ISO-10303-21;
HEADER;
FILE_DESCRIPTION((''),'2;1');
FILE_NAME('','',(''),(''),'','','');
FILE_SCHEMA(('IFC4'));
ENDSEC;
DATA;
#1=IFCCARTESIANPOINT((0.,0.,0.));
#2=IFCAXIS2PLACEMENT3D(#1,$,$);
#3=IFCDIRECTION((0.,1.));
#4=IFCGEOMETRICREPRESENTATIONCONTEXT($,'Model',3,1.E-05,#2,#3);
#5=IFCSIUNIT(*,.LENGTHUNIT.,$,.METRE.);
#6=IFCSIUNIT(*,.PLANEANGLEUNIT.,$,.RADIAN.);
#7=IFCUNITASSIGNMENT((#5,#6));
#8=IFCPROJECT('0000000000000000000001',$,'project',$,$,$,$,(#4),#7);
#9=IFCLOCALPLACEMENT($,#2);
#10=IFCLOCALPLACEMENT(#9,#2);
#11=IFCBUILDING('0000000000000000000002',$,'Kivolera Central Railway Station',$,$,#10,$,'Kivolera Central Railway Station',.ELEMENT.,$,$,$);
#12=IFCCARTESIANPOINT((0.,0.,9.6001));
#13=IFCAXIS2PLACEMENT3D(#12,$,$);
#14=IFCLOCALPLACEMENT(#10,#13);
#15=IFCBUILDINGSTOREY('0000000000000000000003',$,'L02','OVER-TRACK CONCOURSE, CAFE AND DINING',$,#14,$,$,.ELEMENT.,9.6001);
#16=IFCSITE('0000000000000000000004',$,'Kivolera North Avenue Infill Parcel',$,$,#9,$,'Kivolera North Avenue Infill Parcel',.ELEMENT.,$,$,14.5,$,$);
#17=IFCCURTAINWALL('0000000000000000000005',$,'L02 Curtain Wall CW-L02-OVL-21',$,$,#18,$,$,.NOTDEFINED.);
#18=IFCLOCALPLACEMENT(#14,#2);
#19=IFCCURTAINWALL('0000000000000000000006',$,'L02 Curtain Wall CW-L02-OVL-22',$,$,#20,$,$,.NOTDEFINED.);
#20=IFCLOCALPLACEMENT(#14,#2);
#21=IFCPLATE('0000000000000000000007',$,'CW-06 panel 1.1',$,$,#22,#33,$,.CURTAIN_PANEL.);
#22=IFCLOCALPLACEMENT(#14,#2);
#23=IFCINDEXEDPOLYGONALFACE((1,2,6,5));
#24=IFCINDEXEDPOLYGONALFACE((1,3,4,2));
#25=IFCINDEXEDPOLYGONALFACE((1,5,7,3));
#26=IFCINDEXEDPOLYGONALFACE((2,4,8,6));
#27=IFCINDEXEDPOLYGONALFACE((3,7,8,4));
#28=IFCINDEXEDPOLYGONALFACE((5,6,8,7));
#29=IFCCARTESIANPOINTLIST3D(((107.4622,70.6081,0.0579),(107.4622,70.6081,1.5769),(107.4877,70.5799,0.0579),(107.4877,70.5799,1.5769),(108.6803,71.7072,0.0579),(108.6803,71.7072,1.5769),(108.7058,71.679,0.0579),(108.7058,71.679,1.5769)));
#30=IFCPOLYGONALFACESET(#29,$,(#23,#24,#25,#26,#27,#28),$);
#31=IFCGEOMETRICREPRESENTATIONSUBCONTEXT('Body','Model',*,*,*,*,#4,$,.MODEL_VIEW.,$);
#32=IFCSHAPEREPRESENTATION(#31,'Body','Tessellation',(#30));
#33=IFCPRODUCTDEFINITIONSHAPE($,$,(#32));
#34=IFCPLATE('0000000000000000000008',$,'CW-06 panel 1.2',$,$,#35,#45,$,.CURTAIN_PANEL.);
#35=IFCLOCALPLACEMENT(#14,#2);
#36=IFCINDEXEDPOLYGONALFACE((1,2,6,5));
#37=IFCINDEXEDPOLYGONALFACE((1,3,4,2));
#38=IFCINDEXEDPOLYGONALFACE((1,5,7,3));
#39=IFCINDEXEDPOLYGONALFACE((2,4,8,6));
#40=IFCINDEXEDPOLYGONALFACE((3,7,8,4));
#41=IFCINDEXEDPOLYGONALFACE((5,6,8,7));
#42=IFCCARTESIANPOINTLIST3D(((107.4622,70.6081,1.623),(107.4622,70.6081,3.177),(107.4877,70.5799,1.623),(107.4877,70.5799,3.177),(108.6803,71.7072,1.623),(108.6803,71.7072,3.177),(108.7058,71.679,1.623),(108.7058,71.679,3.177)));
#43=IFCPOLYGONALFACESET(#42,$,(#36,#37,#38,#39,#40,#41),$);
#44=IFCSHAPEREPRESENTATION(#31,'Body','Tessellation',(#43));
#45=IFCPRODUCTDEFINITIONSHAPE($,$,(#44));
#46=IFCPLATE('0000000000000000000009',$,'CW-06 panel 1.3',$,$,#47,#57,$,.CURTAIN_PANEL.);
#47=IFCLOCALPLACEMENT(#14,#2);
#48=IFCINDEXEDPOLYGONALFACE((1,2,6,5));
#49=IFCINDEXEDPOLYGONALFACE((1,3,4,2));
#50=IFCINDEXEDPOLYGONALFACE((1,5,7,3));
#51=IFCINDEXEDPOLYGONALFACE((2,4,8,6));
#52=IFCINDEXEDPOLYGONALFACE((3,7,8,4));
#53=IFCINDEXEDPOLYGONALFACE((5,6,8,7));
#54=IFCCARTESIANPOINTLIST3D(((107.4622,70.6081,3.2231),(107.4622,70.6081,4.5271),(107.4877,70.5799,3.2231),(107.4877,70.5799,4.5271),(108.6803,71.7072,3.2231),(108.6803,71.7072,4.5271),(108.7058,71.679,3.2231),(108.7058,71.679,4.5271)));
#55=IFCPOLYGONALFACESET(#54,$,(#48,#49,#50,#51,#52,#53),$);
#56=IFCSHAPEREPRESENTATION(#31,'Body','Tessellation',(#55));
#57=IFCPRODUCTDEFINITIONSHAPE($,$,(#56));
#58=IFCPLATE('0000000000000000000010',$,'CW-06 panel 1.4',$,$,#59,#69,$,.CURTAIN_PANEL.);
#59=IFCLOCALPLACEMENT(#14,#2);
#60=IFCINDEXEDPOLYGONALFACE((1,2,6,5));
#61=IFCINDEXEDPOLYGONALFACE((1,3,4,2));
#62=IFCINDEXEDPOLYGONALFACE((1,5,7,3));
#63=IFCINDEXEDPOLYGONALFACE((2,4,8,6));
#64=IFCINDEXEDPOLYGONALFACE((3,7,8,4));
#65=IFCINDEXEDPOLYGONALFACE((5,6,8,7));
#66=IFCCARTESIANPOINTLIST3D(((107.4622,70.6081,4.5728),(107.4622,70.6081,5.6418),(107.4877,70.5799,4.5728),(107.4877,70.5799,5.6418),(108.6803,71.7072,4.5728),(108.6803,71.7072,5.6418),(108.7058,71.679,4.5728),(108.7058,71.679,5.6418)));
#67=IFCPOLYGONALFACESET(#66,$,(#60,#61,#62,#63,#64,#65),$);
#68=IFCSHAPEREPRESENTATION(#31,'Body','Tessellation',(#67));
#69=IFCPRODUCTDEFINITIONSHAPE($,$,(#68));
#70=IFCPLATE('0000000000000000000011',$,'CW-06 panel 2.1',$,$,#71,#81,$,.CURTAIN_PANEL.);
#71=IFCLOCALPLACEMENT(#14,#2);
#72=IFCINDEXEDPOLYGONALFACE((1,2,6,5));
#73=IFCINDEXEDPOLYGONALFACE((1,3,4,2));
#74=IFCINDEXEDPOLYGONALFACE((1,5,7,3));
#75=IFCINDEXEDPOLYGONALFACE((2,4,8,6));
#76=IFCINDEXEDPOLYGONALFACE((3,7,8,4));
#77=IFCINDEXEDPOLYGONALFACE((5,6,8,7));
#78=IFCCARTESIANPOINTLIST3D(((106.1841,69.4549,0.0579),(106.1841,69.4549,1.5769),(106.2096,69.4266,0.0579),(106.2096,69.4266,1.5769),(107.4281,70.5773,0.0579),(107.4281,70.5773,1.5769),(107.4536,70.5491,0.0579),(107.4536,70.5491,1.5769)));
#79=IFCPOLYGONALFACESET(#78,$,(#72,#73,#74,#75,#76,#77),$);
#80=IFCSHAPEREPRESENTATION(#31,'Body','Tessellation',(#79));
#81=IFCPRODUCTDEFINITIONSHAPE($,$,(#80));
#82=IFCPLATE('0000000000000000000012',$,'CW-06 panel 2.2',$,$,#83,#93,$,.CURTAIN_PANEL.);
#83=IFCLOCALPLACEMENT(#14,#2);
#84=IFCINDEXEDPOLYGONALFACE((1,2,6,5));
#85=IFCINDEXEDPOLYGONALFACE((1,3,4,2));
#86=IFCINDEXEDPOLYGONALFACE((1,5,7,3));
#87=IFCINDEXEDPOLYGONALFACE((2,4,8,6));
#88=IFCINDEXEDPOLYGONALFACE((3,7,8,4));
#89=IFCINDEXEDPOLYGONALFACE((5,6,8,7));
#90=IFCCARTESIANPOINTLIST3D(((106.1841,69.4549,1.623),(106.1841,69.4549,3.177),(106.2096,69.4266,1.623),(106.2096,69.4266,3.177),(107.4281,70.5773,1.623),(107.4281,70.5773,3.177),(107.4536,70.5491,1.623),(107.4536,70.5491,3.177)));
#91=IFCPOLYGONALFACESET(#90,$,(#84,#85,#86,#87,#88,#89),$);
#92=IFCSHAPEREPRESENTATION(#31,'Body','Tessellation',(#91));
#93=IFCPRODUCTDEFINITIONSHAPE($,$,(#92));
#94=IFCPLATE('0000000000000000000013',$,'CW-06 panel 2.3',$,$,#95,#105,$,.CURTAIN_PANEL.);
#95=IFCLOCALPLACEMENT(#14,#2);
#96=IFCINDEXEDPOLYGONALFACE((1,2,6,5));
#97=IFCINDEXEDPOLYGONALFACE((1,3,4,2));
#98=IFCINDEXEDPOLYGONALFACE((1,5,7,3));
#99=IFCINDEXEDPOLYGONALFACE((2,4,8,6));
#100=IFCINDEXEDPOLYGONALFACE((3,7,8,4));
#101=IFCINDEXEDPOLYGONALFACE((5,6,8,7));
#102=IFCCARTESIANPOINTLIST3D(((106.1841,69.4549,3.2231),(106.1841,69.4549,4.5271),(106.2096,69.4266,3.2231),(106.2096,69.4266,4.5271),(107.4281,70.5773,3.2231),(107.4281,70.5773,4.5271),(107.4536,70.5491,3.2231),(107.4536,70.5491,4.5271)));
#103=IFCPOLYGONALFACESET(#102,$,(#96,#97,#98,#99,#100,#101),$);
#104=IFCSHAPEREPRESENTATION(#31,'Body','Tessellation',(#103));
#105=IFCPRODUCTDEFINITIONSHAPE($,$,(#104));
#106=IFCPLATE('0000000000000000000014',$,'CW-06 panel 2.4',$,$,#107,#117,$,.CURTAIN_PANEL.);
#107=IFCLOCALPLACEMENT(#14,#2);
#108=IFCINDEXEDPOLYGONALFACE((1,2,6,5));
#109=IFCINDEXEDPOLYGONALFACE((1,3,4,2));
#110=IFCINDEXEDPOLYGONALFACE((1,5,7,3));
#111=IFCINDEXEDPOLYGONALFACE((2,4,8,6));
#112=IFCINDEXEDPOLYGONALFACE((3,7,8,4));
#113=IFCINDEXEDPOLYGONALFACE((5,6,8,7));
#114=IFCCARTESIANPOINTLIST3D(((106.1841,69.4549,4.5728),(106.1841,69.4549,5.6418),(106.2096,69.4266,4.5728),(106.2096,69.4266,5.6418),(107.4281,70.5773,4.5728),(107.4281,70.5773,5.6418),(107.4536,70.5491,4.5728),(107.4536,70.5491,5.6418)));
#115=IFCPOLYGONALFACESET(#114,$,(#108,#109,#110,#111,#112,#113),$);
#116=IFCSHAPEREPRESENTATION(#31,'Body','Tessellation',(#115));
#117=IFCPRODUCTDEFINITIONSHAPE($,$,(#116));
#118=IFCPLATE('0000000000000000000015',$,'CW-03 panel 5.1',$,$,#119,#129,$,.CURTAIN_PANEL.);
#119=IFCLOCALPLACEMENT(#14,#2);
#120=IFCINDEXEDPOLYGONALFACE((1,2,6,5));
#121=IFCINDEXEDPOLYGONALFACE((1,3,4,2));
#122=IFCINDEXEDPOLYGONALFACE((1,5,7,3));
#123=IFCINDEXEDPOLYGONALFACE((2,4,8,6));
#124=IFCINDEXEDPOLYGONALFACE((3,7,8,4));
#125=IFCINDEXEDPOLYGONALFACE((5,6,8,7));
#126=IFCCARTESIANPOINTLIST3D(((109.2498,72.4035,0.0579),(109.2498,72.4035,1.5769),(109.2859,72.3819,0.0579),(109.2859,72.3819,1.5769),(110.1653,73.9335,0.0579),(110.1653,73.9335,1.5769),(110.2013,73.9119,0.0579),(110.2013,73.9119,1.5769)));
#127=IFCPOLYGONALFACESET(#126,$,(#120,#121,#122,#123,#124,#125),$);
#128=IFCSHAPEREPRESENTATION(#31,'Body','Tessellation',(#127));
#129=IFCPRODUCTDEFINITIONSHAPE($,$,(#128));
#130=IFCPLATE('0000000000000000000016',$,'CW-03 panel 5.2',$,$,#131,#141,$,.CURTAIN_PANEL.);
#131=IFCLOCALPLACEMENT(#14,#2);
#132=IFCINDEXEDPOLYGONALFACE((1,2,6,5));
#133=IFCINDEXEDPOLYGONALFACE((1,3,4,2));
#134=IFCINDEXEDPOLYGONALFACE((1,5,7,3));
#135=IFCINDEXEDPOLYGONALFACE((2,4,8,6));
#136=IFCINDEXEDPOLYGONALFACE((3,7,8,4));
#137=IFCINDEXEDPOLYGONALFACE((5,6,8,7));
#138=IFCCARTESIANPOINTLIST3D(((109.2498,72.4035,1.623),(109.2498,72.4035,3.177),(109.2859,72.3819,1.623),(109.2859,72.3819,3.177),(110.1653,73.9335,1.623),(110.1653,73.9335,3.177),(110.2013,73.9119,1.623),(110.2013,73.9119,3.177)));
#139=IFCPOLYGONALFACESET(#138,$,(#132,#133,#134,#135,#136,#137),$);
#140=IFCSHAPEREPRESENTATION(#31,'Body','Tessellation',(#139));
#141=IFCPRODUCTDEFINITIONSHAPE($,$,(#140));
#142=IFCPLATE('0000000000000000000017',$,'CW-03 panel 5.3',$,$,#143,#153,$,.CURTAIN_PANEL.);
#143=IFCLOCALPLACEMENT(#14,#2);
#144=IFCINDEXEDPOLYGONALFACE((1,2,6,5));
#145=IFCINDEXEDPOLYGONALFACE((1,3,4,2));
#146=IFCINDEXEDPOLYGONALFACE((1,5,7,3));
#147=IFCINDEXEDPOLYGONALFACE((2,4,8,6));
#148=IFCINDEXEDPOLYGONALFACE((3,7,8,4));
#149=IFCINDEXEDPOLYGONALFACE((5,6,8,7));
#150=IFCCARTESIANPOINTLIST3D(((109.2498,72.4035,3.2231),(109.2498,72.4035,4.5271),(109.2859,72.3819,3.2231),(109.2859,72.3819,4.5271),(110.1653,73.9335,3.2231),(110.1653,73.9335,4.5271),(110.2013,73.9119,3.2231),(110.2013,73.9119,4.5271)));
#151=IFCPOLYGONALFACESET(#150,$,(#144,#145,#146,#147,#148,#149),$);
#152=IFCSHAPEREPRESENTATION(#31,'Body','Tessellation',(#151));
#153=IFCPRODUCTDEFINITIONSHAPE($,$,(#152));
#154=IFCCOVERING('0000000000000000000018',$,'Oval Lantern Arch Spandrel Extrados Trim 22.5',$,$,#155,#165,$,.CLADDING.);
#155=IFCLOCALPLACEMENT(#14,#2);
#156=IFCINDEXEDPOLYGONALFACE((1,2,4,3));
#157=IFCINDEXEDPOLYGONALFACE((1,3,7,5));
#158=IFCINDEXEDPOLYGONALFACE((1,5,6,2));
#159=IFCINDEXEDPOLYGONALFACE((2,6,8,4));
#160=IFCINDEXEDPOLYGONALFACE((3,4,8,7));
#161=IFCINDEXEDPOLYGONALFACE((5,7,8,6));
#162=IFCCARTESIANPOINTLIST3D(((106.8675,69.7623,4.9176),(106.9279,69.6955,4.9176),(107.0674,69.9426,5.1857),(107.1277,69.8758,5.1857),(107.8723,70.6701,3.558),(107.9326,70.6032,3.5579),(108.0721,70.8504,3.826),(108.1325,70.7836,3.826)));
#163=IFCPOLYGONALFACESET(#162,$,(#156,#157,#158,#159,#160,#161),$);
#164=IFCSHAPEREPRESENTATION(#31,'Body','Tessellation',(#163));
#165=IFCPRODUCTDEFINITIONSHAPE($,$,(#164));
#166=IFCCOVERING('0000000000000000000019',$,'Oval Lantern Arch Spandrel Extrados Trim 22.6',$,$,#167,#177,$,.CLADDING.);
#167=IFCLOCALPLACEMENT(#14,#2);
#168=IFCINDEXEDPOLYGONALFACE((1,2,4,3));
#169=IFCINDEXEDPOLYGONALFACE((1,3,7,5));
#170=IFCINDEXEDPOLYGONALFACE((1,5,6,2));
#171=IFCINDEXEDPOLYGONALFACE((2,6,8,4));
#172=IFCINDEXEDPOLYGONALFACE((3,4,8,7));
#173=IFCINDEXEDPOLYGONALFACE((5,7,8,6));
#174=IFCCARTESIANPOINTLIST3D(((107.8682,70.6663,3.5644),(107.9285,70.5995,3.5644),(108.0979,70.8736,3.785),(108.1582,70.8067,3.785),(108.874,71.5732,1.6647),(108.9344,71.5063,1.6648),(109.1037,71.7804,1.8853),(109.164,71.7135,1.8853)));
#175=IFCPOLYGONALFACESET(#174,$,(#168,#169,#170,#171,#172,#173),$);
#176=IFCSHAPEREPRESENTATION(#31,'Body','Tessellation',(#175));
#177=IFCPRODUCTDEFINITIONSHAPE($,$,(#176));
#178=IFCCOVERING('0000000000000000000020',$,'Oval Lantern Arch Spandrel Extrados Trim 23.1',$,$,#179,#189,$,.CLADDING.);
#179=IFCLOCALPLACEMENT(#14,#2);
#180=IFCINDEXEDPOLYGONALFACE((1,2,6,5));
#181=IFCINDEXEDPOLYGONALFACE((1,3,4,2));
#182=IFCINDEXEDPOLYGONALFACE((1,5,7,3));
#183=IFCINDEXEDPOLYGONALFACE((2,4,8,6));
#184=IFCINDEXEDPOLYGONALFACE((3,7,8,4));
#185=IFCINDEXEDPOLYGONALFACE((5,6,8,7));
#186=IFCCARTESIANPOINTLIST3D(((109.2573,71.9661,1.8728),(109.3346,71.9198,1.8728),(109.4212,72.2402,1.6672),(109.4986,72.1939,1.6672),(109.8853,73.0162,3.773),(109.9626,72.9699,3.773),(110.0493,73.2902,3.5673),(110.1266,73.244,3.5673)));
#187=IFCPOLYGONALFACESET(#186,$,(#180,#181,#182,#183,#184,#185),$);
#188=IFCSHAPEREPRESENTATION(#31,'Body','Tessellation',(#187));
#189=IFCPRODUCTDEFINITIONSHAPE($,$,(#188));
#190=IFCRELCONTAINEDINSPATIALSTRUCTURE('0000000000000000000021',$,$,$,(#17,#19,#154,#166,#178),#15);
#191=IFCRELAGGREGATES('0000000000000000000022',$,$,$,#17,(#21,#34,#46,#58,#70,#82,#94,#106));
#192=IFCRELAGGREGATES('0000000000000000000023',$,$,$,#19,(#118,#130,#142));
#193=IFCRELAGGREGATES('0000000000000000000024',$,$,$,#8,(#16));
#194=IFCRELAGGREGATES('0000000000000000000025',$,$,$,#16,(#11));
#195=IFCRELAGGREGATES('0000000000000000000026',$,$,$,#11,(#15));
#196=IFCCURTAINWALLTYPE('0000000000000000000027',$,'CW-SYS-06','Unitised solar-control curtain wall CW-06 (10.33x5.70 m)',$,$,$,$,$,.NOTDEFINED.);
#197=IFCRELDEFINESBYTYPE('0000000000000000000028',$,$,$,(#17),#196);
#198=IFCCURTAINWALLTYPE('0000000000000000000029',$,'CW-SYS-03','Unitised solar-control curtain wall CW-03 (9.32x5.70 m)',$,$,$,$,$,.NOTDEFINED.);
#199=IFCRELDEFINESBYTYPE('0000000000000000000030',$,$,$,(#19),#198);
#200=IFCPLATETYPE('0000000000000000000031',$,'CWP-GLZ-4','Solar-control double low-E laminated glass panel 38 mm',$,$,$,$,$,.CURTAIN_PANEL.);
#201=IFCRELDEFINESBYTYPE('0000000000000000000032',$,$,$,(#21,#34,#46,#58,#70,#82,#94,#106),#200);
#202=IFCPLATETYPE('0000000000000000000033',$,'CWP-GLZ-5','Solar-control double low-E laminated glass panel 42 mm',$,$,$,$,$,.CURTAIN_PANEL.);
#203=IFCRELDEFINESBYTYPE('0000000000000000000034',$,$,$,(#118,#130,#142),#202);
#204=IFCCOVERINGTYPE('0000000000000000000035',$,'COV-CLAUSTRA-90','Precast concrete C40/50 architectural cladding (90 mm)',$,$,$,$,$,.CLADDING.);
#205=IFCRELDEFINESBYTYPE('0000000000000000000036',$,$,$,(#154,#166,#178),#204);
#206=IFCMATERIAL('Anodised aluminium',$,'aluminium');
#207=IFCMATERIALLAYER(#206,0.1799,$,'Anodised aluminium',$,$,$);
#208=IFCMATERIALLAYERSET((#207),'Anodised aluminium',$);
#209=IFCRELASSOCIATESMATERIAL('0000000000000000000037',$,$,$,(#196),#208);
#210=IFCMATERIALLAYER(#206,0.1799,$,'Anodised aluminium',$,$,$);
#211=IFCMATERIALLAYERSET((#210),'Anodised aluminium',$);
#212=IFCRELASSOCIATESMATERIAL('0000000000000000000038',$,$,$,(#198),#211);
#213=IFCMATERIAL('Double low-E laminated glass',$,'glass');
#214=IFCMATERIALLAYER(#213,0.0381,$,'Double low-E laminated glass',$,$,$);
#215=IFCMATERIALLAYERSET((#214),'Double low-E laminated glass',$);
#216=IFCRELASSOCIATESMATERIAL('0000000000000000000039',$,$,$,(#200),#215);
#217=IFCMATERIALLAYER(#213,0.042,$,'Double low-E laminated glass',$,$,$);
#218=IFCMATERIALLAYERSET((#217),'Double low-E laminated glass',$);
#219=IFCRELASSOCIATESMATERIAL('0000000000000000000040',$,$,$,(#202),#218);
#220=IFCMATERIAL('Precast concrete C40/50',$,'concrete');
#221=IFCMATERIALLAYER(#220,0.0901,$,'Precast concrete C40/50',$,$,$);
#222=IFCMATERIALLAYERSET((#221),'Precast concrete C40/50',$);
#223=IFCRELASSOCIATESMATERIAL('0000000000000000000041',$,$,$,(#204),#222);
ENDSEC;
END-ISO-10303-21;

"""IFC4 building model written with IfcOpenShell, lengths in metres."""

from ifc_helpers import new_model, si_unit, direction, frame, origin, origin_2d, place, context, subcontext, project, spatial, rectangle, extrude, material, layer, layer_set, type_object, element, aggregate, save


model = new_model("IFC4")

# Units and contexts
model_context = context("Model", 3, precision=1e-05, world=origin(), true_north=direction((0.0, 1.0)))
body_context = subcontext(model_context, "Body", "Model", "MODEL_VIEW")
ifc_project = project(units=[si_unit("LENGTHUNIT", "METRE"), si_unit("PLANEANGLEUNIT", "RADIAN")], contexts=[model_context])

# Site, building, storey
site_placement = place(None, origin())
site = spatial("IfcSite", under=ifc_project, at=site_placement, Name="Kivolera North Avenue Infill Parcel", LongName="Kivolera North Avenue Infill Parcel", CompositionType="ELEMENT", RefElevation=14.5)
building_placement = place(site_placement, origin())
building = spatial("IfcBuilding", under=site, at=building_placement, Name="Kivolera Central Railway Station", LongName="Kivolera Central Railway Station", CompositionType="ELEMENT")
storey_placement = place(building_placement, frame((0.0, 0.0, 9.6001)))
storey = spatial("IfcBuildingStorey", under=building, at=storey_placement, Name="L02", Description="OVER-TRACK CONCOURSE, CAFE AND DINING", CompositionType="ELEMENT", Elevation=9.6001)

# Curtain wall
ifc_material_1 = material(Name="Anodised aluminium", Category="aluminium")
ifc_layer_1 = layer(ifc_material_1, 0.1799, Name="Anodised aluminium")
ifc_layer_set_1 = layer_set([ifc_layer_1], Name="Anodised aluminium")
curtain_wall_type_1 = type_object("IfcCurtainWallType", Name="CW-SYS-06", Description="Unitised solar-control curtain wall CW-06 (10.33x5.70 m)", PredefinedType="NOTDEFINED", material=ifc_layer_set_1)
curtain_wall_1_placement = place(storey_placement, origin())
curtain_wall_1 = element("IfcCurtainWall", 1, at=curtain_wall_1_placement, inside=storey, type_object=curtain_wall_type_1, Name="L02 Curtain Wall CW-L02-OVL-21", PredefinedType="NOTDEFINED")

# Curtain wall
ifc_layer_2 = layer(ifc_material_1, 0.1799, Name="Anodised aluminium")
ifc_layer_set_2 = layer_set([ifc_layer_2], Name="Anodised aluminium")
curtain_wall_type_2 = type_object("IfcCurtainWallType", Name="CW-SYS-03", Description="Unitised solar-control curtain wall CW-03 (9.32x5.70 m)", PredefinedType="NOTDEFINED", material=ifc_layer_set_2)
curtain_wall_2_placement = place(storey_placement, origin())
curtain_wall_2 = element("IfcCurtainWall", 2, at=curtain_wall_2_placement, inside=storey, type_object=curtain_wall_type_2, Name="L02 Curtain Wall CW-L02-OVL-22", PredefinedType="NOTDEFINED")

# Plates
ifc_material_2 = material(Name="Double low-E laminated glass", Category="glass")
ifc_layer_3 = layer(ifc_material_2, 0.0381, Name="Double low-E laminated glass")
ifc_layer_set_3 = layer_set([ifc_layer_3], Name="Double low-E laminated glass")
plate_type_1 = type_object("IfcPlateType", Name="CWP-GLZ-4", Description="Solar-control double low-E laminated glass panel 38 mm", PredefinedType="CURTAIN_PANEL", material=ifc_layer_set_3)
plate_1_placement = place(storey_placement, frame((108.084, 71.1436, 0.0579), z_axis=(0.0, 0.0, 1.0), x_axis=(-0.742432, -0.669922, 0.0)))
plate_1 = element("IfcPlate", 3, at=plate_1_placement, type_object=plate_type_1, Name="CW-06 panel 1.1", PredefinedType="CURTAIN_PANEL", context=body_context, shape_type="SweptSolid", body=[
    extrude(rectangle(XDim=1.6406, YDim=0.0381, at=origin_2d()), origin(), (0.0, 0.0, 1.0), 1.519),
])
plate_2_placement = place(storey_placement, frame((108.084, 71.1436, 1.623), z_axis=(0.0, 0.0, 1.0), x_axis=(-0.742432, -0.669922, 0.0)))
plate_2 = element("IfcPlate", 4, at=plate_2_placement, type_object=plate_type_1, Name="CW-06 panel 1.2", PredefinedType="CURTAIN_PANEL", context=body_context, shape_type="SweptSolid", body=[
    extrude(rectangle(XDim=1.6406, YDim=0.0381, at=origin_2d()), origin(), (0.0, 0.0, 1.0), 1.554),
])
plate_3_placement = place(storey_placement, frame((108.084, 71.1436, 3.2231), z_axis=(0.0, 0.0, 1.0), x_axis=(-0.742432, -0.669922, 0.0)))
plate_3 = element("IfcPlate", 5, at=plate_3_placement, type_object=plate_type_1, Name="CW-06 panel 1.3", PredefinedType="CURTAIN_PANEL", context=body_context, shape_type="SweptSolid", body=[
    extrude(rectangle(XDim=1.6406, YDim=0.0381, at=origin_2d()), origin(), (0.0, 0.0, 1.0), 1.304),
])
plate_4_placement = place(storey_placement, frame((108.084, 71.1436, 4.5728), z_axis=(0.0, 0.0, 1.0), x_axis=(-0.742432, -0.669922, 0.0)))
plate_4 = element("IfcPlate", 6, at=plate_4_placement, type_object=plate_type_1, Name="CW-06 panel 1.4", PredefinedType="CURTAIN_PANEL", context=body_context, shape_type="SweptSolid", body=[
    extrude(rectangle(XDim=1.6406, YDim=0.0381, at=origin_2d()), origin(), (0.0, 0.0, 1.0), 1.0691),
])
plate_5_placement = place(storey_placement, frame((106.8188, 70.002, 0.0579), z_axis=(0.0, 0.0, 1.0), x_axis=(-0.742432, -0.669922, 0.0)))
plate_5 = element("IfcPlate", 7, at=plate_5_placement, type_object=plate_type_1, Name="CW-06 panel 2.1", PredefinedType="CURTAIN_PANEL", context=body_context, shape_type="SweptSolid", body=[
    extrude(rectangle(XDim=1.6755, YDim=0.0381, at=origin_2d()), origin(), (0.0, 0.0, 1.0), 1.519),
])
plate_6_placement = place(storey_placement, frame((106.8188, 70.002, 1.623), z_axis=(0.0, 0.0, 1.0), x_axis=(-0.742432, -0.669922, 0.0)))
plate_6 = element("IfcPlate", 8, at=plate_6_placement, type_object=plate_type_1, Name="CW-06 panel 2.2", PredefinedType="CURTAIN_PANEL", context=body_context, shape_type="SweptSolid", body=[
    extrude(rectangle(XDim=1.6755, YDim=0.0381, at=origin_2d()), origin(), (0.0, 0.0, 1.0), 1.554),
])
plate_7_placement = place(storey_placement, frame((106.8188, 70.002, 3.2231), z_axis=(0.0, 0.0, 1.0), x_axis=(-0.742432, -0.669922, 0.0)))
plate_7 = element("IfcPlate", 9, at=plate_7_placement, type_object=plate_type_1, Name="CW-06 panel 2.3", PredefinedType="CURTAIN_PANEL", context=body_context, shape_type="SweptSolid", body=[
    extrude(rectangle(XDim=1.6755, YDim=0.0381, at=origin_2d()), origin(), (0.0, 0.0, 1.0), 1.304),
])
plate_8_placement = place(storey_placement, frame((106.8188, 70.002, 4.5728), z_axis=(0.0, 0.0, 1.0), x_axis=(-0.742432, -0.669922, 0.0)))
plate_8 = element("IfcPlate", 10, at=plate_8_placement, type_object=plate_type_1, Name="CW-06 panel 2.4", PredefinedType="CURTAIN_PANEL", context=body_context, shape_type="SweptSolid", body=[
    extrude(rectangle(XDim=1.6755, YDim=0.0381, at=origin_2d()), origin(), (0.0, 0.0, 1.0), 1.0691),
])
aggregate(curtain_wall_1, [plate_1, plate_2, plate_3, plate_4, plate_5, plate_6, plate_7, plate_8])
ifc_layer_4 = layer(ifc_material_2, 0.042, Name="Double low-E laminated glass")
ifc_layer_set_4 = layer_set([ifc_layer_4], Name="Double low-E laminated glass")
plate_type_2 = type_object("IfcPlateType", Name="CWP-GLZ-5", Description="Solar-control double low-E laminated glass panel 42 mm", PredefinedType="CURTAIN_PANEL", material=ifc_layer_set_4)
plate_9_placement = place(storey_placement, frame((109.7256, 73.1577, 0.0579), z_axis=(0.0, 0.0, 1.0), x_axis=(-0.513454, -0.858117, 0.0)))
plate_9 = element("IfcPlate", 11, at=plate_9_placement, type_object=plate_type_2, Name="CW-03 panel 5.1", PredefinedType="CURTAIN_PANEL", context=body_context, shape_type="SweptSolid", body=[
    extrude(rectangle(XDim=1.783, YDim=0.042, at=origin_2d()), origin(), (0.0, 0.0, 1.0), 1.519),
])
plate_10_placement = place(storey_placement, frame((109.7256, 73.1577, 1.623), z_axis=(0.0, 0.0, 1.0), x_axis=(-0.513454, -0.858117, 0.0)))
plate_10 = element("IfcPlate", 12, at=plate_10_placement, type_object=plate_type_2, Name="CW-03 panel 5.2", PredefinedType="CURTAIN_PANEL", context=body_context, shape_type="SweptSolid", body=[
    extrude(rectangle(XDim=1.783, YDim=0.042, at=origin_2d()), origin(), (0.0, 0.0, 1.0), 1.554),
])
plate_11_placement = place(storey_placement, frame((109.7256, 73.1577, 3.2231), z_axis=(0.0, 0.0, 1.0), x_axis=(-0.513454, -0.858117, 0.0)))
plate_11 = element("IfcPlate", 13, at=plate_11_placement, type_object=plate_type_2, Name="CW-03 panel 5.3", PredefinedType="CURTAIN_PANEL", context=body_context, shape_type="SweptSolid", body=[
    extrude(rectangle(XDim=1.783, YDim=0.042, at=origin_2d()), origin(), (0.0, 0.0, 1.0), 1.304),
])
aggregate(curtain_wall_2, [plate_9, plate_10, plate_11])

# Coverings
ifc_material_3 = material(Name="Precast concrete C40/50", Category="concrete")
ifc_layer_5 = layer(ifc_material_3, 0.0901, Name="Precast concrete C40/50")
ifc_layer_set_5 = layer_set([ifc_layer_5], Name="Precast concrete C40/50")
covering_type = type_object("IfcCoveringType", Name="COV-CLAUSTRA-90", Description="Precast concrete C40/50 architectural cladding (90 mm)", PredefinedType="CLADDING", material=ifc_layer_set_5)
covering_1_placement = place(storey_placement, frame((107.5, 70.2729, 4.3718), z_axis=(0.523602, 0.473065, -0.708555), x_axis=(0.669922, -0.742431, 0.0)))
element("IfcCovering", 14, at=covering_1_placement, inside=storey, type_object=covering_type, Name="Oval Lantern Arch Spandrel Extrados Trim 22.5", PredefinedType="CLADDING", context=body_context, shape_type="SweptSolid", body=[
    extrude(rectangle(XDim=0.0901, YDim=0.3799, at=origin_2d()), frame((0.0, 0.0, -0.9595)), (0.0, 0.0, 1.0), 1.9189),
])
covering_2_placement = place(storey_placement, frame((108.5161, 71.1899, 2.7249), z_axis=(0.431133, 0.388706, -0.814268), x_axis=(0.669922, -0.742431, 0.0)))
element("IfcCovering", 15, at=covering_2_placement, inside=storey, type_object=covering_type, Name="Oval Lantern Arch Spandrel Extrados Trim 22.6", PredefinedType="CLADDING", context=body_context, shape_type="SweptSolid", body=[
    extrude(rectangle(XDim=0.0901, YDim=0.3799, at=origin_2d()), frame((0.0, 0.0, -1.1665)), (0.0, 0.0, 1.0), 2.333),
])
covering_3_placement = place(storey_placement, frame((109.6919, 72.605, 2.72), z_axis=(0.277896, 0.464634, 0.840767), x_axis=(0.858138, -0.51342, 0.0)))
element("IfcCovering", 16, at=covering_3_placement, inside=storey, type_object=covering_type, Name="Oval Lantern Arch Spandrel Extrados Trim 23.1", PredefinedType="CLADDING", context=body_context, shape_type="SweptSolid", body=[
    extrude(rectangle(XDim=0.0901, YDim=0.3799, at=origin_2d()), frame((0.0, 0.0, -1.1299)), (0.0, 0.0, 1.0), 2.26),
])

save(model, "model.ifc")
